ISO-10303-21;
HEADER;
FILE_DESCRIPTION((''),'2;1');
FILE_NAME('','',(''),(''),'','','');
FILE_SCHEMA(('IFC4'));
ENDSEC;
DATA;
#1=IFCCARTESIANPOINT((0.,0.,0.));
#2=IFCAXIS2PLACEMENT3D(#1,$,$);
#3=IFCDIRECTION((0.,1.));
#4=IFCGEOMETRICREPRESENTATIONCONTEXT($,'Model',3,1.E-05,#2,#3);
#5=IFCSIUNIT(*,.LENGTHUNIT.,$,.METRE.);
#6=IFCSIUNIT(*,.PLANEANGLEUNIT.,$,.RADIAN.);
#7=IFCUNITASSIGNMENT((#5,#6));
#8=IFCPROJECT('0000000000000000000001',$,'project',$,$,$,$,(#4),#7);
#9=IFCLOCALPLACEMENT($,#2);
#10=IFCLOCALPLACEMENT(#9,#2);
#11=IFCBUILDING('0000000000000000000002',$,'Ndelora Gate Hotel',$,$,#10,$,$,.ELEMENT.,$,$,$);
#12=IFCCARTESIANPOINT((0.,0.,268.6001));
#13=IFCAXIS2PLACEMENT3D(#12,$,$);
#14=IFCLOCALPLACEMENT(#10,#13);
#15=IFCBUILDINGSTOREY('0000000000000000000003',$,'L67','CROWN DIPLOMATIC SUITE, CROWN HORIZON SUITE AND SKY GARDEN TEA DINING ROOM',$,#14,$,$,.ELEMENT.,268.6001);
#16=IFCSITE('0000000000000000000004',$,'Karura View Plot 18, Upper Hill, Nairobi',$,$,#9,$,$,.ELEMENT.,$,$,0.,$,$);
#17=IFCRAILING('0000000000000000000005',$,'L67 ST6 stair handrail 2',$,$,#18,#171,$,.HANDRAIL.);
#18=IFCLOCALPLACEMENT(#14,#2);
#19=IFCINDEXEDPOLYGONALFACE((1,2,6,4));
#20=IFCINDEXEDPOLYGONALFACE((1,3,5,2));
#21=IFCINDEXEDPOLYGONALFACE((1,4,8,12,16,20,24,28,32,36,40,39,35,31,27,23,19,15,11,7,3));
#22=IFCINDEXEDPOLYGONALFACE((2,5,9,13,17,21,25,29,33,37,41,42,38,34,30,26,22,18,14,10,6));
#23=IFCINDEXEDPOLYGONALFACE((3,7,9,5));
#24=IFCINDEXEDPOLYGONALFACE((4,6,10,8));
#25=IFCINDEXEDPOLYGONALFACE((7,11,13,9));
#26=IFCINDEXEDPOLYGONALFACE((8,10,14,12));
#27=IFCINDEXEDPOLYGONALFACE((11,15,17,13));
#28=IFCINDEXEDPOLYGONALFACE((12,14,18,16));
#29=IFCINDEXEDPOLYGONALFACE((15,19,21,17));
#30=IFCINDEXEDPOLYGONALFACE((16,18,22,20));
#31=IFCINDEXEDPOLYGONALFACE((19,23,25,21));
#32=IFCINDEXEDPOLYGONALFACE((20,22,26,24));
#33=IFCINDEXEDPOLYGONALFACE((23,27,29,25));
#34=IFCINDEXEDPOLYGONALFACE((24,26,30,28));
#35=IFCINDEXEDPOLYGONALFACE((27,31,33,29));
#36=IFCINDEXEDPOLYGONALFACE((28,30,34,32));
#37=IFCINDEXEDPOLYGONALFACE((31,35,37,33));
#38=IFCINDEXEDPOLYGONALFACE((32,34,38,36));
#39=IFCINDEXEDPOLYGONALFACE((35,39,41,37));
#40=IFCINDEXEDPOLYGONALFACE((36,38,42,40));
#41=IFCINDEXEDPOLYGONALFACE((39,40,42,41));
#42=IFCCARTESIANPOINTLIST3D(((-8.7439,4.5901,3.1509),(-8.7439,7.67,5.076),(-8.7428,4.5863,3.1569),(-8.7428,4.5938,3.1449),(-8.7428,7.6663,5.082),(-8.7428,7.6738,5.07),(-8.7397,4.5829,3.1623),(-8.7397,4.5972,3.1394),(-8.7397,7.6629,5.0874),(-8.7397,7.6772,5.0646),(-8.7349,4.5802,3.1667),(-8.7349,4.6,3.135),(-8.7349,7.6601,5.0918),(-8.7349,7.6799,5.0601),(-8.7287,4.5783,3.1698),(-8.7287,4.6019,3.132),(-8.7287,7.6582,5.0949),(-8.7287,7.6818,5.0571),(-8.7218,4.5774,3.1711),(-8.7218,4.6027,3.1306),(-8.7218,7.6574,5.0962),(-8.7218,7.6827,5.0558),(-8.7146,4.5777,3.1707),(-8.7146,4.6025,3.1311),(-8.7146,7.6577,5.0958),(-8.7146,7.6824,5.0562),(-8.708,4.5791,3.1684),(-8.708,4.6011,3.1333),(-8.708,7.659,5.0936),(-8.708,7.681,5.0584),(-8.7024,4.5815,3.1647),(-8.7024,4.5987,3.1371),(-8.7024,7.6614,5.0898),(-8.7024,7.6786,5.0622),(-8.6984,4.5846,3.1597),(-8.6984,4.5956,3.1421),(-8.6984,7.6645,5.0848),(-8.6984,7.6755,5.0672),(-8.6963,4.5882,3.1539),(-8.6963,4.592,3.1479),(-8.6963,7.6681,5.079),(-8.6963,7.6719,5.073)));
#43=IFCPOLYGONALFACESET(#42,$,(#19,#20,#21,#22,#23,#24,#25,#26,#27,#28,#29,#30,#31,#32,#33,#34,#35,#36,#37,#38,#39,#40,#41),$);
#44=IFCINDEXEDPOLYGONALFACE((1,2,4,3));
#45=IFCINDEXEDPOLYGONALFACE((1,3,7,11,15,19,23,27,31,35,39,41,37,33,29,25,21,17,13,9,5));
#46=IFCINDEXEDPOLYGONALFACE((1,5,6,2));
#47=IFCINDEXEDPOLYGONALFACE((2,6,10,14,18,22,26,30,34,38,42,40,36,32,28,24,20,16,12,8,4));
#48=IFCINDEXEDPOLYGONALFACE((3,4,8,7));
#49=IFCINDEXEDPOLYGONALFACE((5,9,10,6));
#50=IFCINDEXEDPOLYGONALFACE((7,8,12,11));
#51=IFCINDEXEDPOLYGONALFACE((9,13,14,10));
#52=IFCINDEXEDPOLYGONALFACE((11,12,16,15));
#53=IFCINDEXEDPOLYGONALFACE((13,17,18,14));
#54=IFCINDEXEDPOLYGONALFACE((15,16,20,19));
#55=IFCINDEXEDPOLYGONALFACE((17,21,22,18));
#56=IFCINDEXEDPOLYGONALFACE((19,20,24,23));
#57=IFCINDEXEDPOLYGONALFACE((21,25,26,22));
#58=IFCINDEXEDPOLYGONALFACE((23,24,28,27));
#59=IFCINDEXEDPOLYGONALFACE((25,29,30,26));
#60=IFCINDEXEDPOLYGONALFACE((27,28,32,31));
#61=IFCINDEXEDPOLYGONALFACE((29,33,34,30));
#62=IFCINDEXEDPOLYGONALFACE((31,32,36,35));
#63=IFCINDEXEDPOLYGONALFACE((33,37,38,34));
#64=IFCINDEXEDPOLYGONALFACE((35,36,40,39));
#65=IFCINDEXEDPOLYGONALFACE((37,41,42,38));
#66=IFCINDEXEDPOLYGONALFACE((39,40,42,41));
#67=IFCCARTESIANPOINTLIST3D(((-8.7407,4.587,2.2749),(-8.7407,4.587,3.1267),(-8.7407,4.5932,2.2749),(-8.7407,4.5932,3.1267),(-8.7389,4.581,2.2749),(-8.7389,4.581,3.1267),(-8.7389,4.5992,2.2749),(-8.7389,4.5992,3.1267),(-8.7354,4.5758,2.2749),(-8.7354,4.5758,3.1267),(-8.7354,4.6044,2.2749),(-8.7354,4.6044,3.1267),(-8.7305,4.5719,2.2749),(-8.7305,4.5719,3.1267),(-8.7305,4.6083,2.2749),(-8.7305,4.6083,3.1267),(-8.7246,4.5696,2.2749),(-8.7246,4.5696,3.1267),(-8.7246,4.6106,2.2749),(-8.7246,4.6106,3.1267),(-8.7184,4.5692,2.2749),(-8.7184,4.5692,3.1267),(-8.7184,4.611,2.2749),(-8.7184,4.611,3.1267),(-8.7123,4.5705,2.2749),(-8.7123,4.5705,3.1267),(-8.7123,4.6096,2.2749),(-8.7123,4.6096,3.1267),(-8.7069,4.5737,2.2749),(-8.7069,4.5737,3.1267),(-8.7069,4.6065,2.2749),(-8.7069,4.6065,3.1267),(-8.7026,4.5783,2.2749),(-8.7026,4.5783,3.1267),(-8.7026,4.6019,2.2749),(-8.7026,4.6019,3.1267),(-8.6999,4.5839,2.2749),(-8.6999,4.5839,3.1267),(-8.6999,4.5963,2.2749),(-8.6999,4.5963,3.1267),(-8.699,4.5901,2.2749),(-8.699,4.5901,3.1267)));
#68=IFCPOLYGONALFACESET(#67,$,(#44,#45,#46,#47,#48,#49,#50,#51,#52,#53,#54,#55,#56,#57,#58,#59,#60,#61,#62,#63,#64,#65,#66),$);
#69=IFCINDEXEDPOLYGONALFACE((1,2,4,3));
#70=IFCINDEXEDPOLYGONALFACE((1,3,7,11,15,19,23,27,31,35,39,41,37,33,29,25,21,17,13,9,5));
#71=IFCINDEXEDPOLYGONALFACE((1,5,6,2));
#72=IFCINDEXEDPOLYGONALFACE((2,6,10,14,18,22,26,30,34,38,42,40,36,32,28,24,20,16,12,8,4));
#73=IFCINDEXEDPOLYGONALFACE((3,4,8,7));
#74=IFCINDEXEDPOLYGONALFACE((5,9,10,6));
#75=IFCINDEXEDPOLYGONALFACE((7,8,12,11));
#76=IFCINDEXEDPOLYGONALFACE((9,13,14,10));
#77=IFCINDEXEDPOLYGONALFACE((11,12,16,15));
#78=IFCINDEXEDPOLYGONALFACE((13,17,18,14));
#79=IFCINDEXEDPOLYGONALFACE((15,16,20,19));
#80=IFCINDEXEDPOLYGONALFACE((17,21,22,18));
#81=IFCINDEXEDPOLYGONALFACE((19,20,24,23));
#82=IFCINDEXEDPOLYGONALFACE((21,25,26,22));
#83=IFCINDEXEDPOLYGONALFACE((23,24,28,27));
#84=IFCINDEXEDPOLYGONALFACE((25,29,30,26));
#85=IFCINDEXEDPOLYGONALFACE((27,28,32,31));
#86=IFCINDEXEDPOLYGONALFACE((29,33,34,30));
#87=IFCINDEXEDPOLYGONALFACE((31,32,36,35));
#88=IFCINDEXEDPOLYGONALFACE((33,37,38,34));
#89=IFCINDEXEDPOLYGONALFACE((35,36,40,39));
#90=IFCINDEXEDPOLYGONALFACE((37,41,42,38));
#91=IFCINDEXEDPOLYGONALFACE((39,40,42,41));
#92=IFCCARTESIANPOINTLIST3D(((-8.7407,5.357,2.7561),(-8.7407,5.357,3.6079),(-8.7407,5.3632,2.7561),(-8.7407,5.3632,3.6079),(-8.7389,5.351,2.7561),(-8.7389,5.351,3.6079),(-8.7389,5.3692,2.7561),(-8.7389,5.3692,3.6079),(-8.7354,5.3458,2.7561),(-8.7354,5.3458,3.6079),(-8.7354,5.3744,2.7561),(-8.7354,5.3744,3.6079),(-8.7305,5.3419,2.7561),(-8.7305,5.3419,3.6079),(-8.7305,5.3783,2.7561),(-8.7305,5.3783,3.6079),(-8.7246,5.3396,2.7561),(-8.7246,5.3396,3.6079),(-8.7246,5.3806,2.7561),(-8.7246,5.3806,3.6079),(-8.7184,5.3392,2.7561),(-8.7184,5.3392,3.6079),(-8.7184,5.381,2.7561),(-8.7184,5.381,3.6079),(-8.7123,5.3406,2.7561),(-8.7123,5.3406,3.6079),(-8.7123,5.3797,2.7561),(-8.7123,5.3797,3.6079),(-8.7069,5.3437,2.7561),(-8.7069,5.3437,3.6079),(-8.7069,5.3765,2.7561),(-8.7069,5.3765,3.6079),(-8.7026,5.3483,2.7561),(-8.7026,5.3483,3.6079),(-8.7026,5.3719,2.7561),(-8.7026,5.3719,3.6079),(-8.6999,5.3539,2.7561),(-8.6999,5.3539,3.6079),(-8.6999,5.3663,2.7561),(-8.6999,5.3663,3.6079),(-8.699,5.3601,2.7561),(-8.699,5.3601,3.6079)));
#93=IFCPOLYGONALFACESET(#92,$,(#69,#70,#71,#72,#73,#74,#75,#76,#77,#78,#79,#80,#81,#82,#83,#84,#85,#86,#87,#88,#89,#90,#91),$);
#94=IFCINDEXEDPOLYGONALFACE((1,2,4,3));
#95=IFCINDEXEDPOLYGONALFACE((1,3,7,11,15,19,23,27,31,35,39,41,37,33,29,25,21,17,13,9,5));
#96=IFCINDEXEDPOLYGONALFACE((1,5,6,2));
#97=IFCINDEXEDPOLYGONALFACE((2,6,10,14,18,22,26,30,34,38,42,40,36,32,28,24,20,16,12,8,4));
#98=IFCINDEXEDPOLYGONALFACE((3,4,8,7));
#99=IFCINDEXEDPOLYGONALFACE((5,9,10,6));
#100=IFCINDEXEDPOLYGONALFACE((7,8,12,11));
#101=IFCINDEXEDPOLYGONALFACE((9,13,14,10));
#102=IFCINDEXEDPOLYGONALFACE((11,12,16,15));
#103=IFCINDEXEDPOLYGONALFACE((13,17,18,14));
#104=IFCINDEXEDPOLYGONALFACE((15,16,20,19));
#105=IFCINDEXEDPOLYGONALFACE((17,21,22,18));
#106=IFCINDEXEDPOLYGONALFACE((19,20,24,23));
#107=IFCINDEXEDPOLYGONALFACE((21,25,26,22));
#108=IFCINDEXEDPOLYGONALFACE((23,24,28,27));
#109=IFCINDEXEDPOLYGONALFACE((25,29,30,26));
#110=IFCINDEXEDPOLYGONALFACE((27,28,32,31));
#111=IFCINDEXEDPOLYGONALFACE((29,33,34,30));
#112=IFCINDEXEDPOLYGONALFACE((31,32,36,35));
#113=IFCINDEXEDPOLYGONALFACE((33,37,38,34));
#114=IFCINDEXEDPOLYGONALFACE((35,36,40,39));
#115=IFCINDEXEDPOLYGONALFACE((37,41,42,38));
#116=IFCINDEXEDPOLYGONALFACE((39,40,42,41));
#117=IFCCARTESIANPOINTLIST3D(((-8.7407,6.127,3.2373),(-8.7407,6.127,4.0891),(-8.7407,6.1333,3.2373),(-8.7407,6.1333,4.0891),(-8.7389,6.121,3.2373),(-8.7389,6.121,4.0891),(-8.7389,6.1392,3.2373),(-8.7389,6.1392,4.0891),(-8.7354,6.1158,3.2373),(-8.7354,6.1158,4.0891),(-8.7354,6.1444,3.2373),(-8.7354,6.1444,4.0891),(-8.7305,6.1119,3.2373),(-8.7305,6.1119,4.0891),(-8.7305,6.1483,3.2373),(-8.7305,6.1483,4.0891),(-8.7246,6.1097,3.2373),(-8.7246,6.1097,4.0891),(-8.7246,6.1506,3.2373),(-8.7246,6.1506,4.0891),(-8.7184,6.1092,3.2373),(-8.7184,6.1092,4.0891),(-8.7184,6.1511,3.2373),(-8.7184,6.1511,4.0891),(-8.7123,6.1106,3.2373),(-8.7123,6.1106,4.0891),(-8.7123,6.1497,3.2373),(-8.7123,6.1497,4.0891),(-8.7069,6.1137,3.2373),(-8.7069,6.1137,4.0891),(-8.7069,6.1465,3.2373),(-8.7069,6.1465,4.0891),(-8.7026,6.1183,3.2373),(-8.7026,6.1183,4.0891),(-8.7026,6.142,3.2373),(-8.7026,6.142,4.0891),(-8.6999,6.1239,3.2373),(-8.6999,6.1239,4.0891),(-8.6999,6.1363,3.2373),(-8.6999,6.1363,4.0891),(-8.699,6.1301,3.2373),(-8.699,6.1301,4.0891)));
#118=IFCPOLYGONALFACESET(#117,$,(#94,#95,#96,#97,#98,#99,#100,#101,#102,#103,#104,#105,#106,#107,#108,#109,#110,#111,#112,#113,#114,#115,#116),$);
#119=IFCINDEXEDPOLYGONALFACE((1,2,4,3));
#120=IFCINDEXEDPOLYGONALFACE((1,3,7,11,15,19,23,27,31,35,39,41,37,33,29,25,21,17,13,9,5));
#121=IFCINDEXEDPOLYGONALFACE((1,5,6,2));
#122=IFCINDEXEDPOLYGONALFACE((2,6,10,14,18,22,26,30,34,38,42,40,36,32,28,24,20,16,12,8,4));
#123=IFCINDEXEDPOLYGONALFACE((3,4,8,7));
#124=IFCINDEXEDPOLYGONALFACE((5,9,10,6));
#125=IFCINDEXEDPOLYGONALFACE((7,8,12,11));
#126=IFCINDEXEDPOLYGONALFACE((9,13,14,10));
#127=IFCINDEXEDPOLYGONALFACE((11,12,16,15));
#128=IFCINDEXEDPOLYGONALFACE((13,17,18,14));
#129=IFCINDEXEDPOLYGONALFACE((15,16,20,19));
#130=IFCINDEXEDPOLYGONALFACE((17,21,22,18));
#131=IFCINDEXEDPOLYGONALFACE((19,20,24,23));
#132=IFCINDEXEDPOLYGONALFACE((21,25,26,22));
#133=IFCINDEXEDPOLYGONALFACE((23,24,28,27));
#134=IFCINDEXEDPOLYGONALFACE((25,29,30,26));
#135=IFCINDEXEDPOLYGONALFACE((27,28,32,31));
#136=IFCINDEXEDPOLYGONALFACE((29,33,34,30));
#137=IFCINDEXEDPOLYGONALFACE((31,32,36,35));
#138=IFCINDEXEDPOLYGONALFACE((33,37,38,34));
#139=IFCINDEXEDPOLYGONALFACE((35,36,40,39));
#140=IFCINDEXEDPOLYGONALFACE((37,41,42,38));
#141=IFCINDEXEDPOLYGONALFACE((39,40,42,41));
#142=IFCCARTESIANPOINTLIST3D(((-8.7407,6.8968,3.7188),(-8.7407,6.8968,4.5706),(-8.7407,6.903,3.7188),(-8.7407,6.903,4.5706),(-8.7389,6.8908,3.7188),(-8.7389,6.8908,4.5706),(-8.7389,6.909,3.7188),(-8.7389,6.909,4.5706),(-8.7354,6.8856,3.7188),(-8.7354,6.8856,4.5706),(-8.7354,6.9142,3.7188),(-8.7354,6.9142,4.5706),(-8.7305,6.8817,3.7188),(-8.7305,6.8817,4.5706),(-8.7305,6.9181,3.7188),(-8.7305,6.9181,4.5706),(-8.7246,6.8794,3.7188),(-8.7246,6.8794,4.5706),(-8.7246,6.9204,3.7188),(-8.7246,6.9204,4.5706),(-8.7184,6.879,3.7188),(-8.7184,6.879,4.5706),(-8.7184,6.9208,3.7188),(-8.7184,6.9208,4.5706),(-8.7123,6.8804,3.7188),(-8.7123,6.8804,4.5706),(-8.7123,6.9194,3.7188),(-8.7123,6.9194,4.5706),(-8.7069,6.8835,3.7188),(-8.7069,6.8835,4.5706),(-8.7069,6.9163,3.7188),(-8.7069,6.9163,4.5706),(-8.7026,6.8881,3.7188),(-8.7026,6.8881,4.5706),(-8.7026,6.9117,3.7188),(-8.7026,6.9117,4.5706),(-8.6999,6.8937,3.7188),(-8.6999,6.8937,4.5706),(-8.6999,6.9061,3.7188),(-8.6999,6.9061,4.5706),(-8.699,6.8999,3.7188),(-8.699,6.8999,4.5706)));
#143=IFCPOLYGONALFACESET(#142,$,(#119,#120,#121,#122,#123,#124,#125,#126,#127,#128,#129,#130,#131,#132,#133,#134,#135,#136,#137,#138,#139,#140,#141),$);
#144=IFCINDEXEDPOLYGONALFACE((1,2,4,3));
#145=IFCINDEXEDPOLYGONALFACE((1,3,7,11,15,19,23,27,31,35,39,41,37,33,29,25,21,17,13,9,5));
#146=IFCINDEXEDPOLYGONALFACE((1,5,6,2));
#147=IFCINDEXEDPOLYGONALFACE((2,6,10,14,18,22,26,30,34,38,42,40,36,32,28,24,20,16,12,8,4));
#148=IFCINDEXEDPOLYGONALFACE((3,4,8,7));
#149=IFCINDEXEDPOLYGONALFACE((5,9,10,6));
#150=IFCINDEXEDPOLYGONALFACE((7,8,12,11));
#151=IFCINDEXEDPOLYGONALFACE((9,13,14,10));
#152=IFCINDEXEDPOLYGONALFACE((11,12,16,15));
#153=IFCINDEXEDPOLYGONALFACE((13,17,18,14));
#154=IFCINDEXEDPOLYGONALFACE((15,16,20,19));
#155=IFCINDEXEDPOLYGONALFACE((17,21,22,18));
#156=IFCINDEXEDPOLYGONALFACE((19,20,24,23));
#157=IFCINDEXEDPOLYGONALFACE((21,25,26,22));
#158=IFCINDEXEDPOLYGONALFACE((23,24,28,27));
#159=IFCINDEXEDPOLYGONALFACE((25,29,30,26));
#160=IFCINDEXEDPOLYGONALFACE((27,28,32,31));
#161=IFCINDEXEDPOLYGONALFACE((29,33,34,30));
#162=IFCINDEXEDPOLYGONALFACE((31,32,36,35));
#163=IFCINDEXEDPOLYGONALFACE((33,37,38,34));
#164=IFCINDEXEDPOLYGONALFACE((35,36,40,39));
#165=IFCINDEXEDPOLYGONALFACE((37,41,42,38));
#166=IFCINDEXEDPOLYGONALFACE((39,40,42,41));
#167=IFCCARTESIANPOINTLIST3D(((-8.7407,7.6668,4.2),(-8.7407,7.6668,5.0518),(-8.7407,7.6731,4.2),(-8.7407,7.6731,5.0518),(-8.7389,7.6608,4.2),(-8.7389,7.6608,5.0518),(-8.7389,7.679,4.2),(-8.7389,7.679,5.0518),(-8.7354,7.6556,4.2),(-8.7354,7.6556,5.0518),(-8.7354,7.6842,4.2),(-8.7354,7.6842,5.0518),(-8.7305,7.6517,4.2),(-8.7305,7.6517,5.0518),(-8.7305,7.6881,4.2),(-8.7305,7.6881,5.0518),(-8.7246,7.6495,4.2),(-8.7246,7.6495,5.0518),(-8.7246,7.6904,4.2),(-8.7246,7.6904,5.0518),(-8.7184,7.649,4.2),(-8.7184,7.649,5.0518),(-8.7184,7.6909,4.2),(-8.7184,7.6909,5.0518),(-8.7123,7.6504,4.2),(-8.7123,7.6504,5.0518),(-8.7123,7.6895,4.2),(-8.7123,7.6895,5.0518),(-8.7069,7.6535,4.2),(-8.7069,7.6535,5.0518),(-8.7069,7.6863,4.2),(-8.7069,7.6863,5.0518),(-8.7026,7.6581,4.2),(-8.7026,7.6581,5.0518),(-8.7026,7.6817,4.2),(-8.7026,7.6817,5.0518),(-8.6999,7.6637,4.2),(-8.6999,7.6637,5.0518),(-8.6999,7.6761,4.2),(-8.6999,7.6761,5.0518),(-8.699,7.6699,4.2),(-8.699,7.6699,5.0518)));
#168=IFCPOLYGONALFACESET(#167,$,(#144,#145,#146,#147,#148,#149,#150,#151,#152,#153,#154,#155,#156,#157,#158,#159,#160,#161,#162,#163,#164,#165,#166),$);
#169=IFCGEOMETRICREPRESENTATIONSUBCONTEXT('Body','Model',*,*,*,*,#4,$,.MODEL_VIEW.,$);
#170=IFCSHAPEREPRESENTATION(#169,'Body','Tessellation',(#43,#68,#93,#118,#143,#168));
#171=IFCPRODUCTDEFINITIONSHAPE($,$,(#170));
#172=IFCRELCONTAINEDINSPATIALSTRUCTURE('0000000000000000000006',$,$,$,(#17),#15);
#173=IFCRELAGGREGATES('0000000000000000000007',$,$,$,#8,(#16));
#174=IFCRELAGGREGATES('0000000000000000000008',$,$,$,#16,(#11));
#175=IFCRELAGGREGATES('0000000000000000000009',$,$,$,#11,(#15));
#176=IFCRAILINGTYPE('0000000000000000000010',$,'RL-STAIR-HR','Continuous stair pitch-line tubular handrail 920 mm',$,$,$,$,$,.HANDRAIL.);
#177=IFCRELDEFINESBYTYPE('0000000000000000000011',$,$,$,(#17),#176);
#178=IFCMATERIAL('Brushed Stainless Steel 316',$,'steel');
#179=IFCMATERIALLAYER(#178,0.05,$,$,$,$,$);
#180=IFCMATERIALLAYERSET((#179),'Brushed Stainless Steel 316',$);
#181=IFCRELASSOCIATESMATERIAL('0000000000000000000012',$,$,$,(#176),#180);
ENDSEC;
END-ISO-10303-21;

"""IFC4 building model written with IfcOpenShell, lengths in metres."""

from ifc_helpers import new_model, si_unit, direction, frame, origin, origin_2d, place, context, subcontext, project, spatial, circle, extrude, material, layer, layer_set, type_object, element, save


model = new_model("IFC4")

# Units and contexts
model_context = context("Model", 3, precision=1e-05, world=origin(), true_north=direction((0.0, 1.0)))
body_context = subcontext(model_context, "Body", "Model", "MODEL_VIEW")
ifc_project = project(units=[si_unit("LENGTHUNIT", "METRE"), si_unit("PLANEANGLEUNIT", "RADIAN")], contexts=[model_context])

# Site, building, storey
site_placement = place(None, origin())
site = spatial("IfcSite", under=ifc_project, at=site_placement, Name="Karura View Plot 18, Upper Hill, Nairobi", CompositionType="ELEMENT", RefElevation=0.0)
building_placement = place(site_placement, origin())
building = spatial("IfcBuilding", under=site, at=building_placement, Name="Ndelora Gate Hotel", CompositionType="ELEMENT")
storey_placement = place(building_placement, frame((0.0, 0.0, 268.6001)))
storey = spatial("IfcBuildingStorey", under=building, at=storey_placement, Name="L67", Description="CROWN DIPLOMATIC SUITE, CROWN HORIZON SUITE AND SKY GARDEN TEA DINING ROOM", CompositionType="ELEMENT", Elevation=268.6001)

# Railing
ifc_material_1 = material(Name="Brushed Stainless Steel 316", Category="steel")
ifc_layer_1 = layer(ifc_material_1, 0.05)
ifc_layer_set_1 = layer_set([ifc_layer_1], Name="Brushed Stainless Steel 316")
railing_type_1 = type_object("IfcRailingType", Name="RL-STAIR-HR", Description="Continuous stair pitch-line tubular handrail 920 mm", PredefinedType="HANDRAIL", material=ifc_layer_set_1)
railing_1_placement = place(storey_placement, frame((-8.72, 4.5901, 2.2749)))
element("IfcRailing", 1, at=railing_1_placement, inside=storey, type_object=railing_type_1, Name="L67 ST6 stair handrail 2", PredefinedType="HANDRAIL", context=body_context, shape_type="SweptSolid", body=[
    extrude(circle(Radius=0.0239, at=origin_2d()), frame((0.0, 0.0, 0.876), z_axis=(0.0, 0.847979, 0.530029), x_axis=(-1.0, 0.0, 0.0)), (0.0, 0.0, 1.0), 3.6321),
    extrude(circle(Radius=0.021, at=origin_2d()), origin(), (0.0, 0.0, 1.0), 0.8518),
    extrude(circle(Radius=0.021, at=origin_2d()), frame((0.0, 0.77, 0.4812)), (0.0, 0.0, 1.0), 0.8518),
    extrude(circle(Radius=0.021, at=origin_2d()), frame((0.0, 1.54, 0.9624)), (0.0, 0.0, 1.0), 0.8518),
    extrude(circle(Radius=0.021, at=origin_2d()), frame((0.0, 2.3098, 1.4438)), (0.0, 0.0, 1.0), 0.8518),
    extrude(circle(Radius=0.021, at=origin_2d()), frame((0.0, 3.0798, 1.925)), (0.0, 0.0, 1.0), 0.8518),
])

save(model, "model.ifc")
